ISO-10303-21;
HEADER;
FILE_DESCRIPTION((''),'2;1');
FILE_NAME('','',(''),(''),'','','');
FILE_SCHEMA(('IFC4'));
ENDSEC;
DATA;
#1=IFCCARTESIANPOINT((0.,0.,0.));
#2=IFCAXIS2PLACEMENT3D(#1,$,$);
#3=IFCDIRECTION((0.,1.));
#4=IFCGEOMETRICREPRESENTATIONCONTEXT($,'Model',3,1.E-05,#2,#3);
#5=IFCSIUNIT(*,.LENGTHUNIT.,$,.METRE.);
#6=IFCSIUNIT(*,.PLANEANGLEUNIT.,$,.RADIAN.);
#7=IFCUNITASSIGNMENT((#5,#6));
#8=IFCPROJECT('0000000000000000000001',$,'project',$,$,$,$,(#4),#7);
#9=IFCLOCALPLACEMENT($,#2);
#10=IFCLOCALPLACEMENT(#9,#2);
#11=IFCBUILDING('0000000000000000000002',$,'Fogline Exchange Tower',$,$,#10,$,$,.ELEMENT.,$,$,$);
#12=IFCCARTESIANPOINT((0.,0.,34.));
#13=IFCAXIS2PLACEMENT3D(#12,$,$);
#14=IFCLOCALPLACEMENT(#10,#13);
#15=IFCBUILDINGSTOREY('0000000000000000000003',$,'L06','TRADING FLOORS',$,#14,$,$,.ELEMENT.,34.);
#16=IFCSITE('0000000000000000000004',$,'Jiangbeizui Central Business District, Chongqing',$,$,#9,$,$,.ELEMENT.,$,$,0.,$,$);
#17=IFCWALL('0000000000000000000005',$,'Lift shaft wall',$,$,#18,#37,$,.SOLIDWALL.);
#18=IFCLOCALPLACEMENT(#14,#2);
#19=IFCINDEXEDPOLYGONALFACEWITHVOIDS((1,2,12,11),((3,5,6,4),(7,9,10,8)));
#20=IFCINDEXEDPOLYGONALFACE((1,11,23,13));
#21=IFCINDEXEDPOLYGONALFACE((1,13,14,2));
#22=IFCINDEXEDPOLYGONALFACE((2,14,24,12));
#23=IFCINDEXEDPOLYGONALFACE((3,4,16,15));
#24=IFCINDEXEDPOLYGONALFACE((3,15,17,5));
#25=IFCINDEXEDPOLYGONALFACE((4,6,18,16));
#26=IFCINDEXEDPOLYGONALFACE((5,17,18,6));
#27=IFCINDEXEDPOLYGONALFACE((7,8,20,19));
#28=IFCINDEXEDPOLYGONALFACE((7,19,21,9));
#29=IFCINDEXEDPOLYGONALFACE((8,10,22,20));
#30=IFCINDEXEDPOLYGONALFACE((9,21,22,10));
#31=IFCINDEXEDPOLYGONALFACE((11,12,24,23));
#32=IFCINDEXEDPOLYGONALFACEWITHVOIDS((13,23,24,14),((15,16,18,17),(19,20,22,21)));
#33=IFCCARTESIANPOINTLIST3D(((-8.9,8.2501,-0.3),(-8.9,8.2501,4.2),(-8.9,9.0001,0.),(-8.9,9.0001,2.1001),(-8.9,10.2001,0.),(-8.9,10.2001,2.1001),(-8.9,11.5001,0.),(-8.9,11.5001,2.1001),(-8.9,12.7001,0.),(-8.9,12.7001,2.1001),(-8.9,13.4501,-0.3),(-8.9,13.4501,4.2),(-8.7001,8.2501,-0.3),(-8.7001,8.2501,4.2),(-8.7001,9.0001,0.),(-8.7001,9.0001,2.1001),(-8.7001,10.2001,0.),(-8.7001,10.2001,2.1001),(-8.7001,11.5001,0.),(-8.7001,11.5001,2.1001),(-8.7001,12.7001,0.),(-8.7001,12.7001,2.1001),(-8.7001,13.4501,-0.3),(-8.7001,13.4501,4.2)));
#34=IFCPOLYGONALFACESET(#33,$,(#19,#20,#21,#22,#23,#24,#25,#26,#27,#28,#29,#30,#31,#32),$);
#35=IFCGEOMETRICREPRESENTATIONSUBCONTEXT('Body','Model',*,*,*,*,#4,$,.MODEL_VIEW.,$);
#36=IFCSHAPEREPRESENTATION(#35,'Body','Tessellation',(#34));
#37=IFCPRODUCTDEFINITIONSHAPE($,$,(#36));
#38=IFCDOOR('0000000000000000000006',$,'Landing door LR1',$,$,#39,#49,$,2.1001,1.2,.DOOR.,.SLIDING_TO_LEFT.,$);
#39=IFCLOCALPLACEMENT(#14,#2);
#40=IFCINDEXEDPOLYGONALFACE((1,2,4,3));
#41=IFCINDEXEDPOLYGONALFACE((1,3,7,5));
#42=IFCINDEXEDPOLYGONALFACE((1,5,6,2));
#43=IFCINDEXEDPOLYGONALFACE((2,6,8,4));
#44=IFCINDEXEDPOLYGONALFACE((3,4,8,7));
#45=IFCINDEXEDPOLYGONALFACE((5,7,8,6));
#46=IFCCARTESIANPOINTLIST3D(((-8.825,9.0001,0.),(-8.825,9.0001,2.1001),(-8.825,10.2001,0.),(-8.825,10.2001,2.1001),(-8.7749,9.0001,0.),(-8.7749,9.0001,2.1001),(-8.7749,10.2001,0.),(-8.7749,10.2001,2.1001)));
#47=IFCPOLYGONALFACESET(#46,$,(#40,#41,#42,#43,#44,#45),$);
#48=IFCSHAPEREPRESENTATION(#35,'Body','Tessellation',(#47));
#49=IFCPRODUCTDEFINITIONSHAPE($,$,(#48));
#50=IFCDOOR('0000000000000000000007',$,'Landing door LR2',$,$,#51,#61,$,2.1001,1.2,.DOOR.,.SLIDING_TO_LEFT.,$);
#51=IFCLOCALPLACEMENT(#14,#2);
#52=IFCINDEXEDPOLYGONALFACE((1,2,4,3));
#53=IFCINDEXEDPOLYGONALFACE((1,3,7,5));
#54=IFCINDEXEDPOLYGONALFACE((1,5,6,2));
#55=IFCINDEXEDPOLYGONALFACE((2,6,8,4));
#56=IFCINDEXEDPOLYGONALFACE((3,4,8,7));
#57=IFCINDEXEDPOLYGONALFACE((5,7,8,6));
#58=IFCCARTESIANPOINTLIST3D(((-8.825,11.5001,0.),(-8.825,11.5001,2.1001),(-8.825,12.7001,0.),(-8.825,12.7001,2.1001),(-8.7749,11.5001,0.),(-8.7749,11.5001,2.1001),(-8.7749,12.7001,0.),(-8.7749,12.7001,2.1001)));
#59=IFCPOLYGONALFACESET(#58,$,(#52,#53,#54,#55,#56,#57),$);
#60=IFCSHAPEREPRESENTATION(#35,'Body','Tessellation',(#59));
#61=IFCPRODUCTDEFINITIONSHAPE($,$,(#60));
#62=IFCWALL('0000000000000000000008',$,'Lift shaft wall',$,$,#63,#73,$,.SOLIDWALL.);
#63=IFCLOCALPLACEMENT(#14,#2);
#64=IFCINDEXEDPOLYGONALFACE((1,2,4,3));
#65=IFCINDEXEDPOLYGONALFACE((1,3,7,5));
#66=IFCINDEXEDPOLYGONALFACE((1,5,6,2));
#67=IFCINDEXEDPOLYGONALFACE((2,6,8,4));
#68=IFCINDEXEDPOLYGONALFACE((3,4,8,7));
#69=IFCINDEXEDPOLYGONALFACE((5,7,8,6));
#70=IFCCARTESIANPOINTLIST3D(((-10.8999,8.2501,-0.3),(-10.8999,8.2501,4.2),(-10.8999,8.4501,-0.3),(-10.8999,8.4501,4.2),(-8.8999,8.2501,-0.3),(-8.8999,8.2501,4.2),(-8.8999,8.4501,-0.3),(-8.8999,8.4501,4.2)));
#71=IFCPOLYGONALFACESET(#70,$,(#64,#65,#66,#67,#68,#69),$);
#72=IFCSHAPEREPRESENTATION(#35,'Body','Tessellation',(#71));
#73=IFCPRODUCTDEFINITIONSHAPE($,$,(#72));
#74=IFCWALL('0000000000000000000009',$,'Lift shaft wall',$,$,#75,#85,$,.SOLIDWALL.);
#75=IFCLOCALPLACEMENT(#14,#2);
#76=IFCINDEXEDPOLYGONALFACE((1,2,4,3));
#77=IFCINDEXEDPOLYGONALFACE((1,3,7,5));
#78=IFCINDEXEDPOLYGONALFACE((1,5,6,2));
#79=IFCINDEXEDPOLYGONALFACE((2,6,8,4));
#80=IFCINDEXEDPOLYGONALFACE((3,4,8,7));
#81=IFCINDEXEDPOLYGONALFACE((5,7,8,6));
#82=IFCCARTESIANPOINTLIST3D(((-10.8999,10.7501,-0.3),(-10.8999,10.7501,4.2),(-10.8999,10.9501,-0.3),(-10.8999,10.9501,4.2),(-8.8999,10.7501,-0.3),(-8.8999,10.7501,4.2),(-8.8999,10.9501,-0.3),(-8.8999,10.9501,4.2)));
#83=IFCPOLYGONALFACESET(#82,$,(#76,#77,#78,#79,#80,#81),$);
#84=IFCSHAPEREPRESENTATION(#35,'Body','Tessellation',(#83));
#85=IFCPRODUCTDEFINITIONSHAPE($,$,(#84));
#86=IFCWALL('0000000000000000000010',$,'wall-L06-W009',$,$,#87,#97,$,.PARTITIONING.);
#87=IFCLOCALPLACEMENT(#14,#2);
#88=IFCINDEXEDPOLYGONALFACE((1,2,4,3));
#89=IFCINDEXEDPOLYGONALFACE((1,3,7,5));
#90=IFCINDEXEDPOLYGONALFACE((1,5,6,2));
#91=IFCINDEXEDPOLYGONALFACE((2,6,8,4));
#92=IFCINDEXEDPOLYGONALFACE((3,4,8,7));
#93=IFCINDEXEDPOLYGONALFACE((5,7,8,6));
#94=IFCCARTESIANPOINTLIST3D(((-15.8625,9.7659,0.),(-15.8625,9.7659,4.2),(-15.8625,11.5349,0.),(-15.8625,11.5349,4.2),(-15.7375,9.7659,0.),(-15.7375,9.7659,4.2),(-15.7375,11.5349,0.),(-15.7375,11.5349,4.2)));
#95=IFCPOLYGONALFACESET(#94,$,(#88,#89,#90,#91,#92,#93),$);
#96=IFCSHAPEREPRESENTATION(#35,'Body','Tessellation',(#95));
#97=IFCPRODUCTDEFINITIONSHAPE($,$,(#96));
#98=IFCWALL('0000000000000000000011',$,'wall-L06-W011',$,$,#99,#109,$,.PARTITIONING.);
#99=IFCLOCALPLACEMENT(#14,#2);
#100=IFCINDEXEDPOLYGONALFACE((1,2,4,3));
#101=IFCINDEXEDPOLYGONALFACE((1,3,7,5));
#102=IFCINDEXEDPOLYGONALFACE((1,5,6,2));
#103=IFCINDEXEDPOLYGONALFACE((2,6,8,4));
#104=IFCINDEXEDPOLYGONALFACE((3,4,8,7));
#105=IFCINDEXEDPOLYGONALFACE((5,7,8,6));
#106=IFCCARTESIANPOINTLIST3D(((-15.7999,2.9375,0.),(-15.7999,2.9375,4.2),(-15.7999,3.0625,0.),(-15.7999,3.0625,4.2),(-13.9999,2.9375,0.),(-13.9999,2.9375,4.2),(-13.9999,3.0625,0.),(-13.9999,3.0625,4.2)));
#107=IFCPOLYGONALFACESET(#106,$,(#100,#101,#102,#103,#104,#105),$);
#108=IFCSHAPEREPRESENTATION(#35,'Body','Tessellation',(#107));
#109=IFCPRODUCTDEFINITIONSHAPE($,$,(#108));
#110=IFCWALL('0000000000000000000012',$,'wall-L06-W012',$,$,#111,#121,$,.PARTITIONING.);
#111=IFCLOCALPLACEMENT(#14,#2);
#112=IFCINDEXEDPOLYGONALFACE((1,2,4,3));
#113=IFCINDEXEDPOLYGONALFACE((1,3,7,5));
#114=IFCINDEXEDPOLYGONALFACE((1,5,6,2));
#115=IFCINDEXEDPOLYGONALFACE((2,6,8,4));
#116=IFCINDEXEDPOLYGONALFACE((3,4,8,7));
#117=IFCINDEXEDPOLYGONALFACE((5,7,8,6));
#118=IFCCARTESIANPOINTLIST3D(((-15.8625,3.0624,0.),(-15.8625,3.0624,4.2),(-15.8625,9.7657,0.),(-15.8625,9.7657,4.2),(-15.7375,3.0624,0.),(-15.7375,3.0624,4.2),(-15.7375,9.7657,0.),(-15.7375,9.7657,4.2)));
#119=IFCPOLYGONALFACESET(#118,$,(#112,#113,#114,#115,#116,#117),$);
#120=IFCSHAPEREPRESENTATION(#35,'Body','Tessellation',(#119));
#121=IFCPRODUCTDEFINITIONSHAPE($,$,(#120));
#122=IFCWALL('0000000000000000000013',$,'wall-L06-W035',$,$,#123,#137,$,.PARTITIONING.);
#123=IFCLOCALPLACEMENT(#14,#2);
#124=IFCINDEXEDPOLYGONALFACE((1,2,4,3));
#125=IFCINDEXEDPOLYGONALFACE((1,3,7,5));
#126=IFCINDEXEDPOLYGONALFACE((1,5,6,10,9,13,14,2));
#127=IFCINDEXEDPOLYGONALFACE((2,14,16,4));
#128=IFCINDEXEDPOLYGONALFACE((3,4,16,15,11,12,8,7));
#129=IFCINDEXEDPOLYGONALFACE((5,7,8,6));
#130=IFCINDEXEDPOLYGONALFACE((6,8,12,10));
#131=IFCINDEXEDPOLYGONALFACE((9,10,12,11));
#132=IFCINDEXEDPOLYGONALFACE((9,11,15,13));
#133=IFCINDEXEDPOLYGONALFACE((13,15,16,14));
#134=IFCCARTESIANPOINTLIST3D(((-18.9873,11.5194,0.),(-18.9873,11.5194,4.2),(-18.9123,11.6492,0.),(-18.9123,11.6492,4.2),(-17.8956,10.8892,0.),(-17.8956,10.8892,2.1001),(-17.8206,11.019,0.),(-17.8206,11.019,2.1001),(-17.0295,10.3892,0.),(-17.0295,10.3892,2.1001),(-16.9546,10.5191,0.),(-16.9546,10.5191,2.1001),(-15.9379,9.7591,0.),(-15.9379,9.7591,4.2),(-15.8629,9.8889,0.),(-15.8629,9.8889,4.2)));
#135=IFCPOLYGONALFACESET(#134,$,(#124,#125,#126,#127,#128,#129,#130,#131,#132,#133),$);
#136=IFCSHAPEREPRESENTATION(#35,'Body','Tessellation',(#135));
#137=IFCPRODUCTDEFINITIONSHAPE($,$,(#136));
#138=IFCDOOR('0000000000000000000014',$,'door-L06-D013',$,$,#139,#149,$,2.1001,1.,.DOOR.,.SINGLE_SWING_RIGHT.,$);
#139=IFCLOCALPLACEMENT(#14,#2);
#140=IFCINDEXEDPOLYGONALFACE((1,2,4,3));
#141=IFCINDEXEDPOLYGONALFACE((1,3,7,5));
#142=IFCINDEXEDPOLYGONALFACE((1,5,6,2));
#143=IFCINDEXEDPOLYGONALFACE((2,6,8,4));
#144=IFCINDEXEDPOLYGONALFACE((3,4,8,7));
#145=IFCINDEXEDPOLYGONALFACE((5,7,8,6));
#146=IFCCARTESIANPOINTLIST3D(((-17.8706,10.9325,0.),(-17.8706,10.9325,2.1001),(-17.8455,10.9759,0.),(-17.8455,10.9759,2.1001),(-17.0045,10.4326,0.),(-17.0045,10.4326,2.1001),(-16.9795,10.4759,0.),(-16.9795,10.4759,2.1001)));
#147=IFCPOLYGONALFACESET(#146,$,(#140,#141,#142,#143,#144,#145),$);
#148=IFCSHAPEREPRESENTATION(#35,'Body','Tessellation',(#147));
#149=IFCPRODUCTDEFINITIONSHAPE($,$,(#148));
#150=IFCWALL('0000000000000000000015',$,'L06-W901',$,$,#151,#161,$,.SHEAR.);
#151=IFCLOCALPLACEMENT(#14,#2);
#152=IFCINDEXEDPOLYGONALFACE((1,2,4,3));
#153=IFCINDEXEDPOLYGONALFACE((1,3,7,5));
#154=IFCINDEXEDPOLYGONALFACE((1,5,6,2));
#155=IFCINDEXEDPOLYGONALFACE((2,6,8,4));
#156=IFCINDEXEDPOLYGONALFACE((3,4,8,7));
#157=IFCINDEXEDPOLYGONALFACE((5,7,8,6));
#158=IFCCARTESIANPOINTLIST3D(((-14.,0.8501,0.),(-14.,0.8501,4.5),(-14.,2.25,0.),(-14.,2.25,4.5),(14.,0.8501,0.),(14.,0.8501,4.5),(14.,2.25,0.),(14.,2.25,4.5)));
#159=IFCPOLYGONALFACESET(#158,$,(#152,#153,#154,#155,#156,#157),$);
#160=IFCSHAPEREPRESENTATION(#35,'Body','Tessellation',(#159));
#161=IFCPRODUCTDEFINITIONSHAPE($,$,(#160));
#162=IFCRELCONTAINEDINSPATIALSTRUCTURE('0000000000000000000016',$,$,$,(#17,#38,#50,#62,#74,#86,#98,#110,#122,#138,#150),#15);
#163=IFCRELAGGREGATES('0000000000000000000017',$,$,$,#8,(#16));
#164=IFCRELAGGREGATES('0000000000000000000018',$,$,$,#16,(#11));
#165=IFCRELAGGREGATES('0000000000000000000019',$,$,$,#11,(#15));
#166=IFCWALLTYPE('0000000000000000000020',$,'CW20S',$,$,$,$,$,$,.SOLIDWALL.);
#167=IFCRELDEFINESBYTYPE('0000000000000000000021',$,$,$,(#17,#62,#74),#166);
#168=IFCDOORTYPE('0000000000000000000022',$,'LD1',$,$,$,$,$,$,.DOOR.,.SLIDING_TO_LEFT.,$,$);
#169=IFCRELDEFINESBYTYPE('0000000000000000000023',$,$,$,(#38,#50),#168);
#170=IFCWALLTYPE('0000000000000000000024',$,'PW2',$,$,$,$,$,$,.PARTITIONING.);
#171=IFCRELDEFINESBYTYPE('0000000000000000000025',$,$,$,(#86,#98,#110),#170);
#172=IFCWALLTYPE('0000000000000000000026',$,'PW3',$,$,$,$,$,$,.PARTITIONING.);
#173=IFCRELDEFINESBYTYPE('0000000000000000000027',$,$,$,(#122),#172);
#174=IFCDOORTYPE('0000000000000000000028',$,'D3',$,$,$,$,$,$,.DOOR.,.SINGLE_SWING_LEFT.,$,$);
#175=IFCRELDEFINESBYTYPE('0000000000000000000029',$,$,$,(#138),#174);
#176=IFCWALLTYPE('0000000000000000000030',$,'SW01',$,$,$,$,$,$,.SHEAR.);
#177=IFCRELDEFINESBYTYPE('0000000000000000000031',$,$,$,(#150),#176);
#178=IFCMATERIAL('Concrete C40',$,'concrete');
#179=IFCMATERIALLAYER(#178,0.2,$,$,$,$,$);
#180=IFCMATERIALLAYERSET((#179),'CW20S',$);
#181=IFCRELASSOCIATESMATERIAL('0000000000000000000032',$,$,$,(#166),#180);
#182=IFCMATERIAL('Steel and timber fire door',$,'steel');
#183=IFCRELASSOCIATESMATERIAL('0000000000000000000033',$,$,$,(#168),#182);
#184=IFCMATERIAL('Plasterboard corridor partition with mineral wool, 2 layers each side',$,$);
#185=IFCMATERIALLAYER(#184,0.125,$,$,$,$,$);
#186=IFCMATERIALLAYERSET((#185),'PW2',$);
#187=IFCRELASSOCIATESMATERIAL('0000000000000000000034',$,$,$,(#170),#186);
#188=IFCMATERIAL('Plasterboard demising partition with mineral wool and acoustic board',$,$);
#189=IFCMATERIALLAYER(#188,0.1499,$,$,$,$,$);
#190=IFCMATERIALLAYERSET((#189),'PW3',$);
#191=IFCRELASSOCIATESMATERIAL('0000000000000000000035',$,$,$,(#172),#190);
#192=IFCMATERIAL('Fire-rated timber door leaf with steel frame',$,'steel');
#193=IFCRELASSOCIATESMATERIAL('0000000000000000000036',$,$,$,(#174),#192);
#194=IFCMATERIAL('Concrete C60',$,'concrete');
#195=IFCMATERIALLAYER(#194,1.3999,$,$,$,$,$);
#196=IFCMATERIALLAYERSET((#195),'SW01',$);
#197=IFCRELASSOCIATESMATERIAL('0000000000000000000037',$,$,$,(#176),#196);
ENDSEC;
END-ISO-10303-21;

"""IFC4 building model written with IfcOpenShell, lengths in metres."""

from ifc_helpers import new_model, si_unit, direction, frame, frame_2d, origin, place, context, subcontext, project, spatial, rectangle, extrude, material, layer, layer_set, type_object, element, fill, save


model = new_model("IFC4")

# Units and contexts
model_context = context("Model", 3, precision=1e-05, world=origin(), true_north=direction((0.0, 1.0)))
body_context = subcontext(model_context, "Body", "Model", "MODEL_VIEW")
ifc_project = project(units=[si_unit("LENGTHUNIT", "METRE"), si_unit("PLANEANGLEUNIT", "RADIAN")], contexts=[model_context])

# Site, building, storey
site_placement = place(None, origin())
site = spatial("IfcSite", under=ifc_project, at=site_placement, Name="Jiangbeizui Central Business District, Chongqing", CompositionType="ELEMENT", RefElevation=0.0)
building_placement = place(site_placement, origin())
building = spatial("IfcBuilding", under=site, at=building_placement, Name="Fogline Exchange Tower", CompositionType="ELEMENT")
storey_placement = place(building_placement, frame((0.0, 0.0, 34.0)))
storey = spatial("IfcBuildingStorey", under=building, at=storey_placement, Name="L06", Description="TRADING FLOORS", CompositionType="ELEMENT", Elevation=34.0)

# Shared definitions
ifc_material_1 = material(Name="Concrete C40", Category="concrete")

# Shared definitions
ifc_material_2 = material(Name="Steel and timber fire door", Category="steel")

# Wall, openings, doors
ifc_layer_1 = layer(ifc_material_1, 0.2)
ifc_layer_set_1 = layer_set([ifc_layer_1], Name="CW20S")
wall_type_1 = type_object("IfcWallType", Name="CW20S", PredefinedType="SOLIDWALL", material=ifc_layer_set_1)
wall_1_placement = place(storey_placement, frame((-8.8, 8.25, -0.3), z_axis=(0.0, 0.0, 1.0), x_axis=(0.0, 1.0, 0.0)))
wall_1 = element("IfcWall", 1, at=wall_1_placement, inside=storey, type_object=wall_type_1, Name="Lift shaft wall", PredefinedType="SOLIDWALL", context=body_context, shape_type="SweptSolid", body=[
    extrude(rectangle(XDim=5.2, YDim=0.2, at=frame_2d((2.6001, 0.0))), origin(), (0.0, 0.0, 1.0), 4.5),
])
opening_1_placement = place(wall_1_placement, frame((0.75, 0.0, 0.3)))
opening_1 = element("IfcOpeningElement", 2, at=opening_1_placement, cuts=wall_1, PredefinedType="OPENING", context=body_context, shape_type="SweptSolid", body=[
    extrude(rectangle(XDim=1.2, YDim=2.1001, at=frame_2d((0.6001, 1.05))), frame((0.0, 0.1099, 0.0), z_axis=(0.0, -1.0, 0.0), x_axis=(1.0, 0.0, 0.0)), (0.0, 0.0, 1.0), 0.22),
])
opening_2_placement = place(wall_1_placement, frame((3.25, 0.0, 0.3)))
opening_2 = element("IfcOpeningElement", 3, at=opening_2_placement, cuts=wall_1, PredefinedType="OPENING", context=body_context, shape_type="SweptSolid", body=[
    extrude(rectangle(XDim=1.2, YDim=2.1001, at=frame_2d((0.6001, 1.05))), frame((0.0, 0.1099, 0.0), z_axis=(0.0, -1.0, 0.0), x_axis=(1.0, 0.0, 0.0)), (0.0, 0.0, 1.0), 0.22),
])
door_type_1 = type_object("IfcDoorType", Name="LD1", OperationType="SLIDING_TO_LEFT", PredefinedType="DOOR", material=ifc_material_2)
door_1_placement = place(opening_1_placement, origin())
door_1 = element("IfcDoor", 4, at=door_1_placement, inside=storey, type_object=door_type_1, Name="Landing door LR1", OperationType="SLIDING_TO_LEFT", OverallHeight=2.1001, OverallWidth=1.2, PredefinedType="DOOR", context=body_context, shape_type="SweptSolid", body=[
    extrude(rectangle(XDim=1.2, YDim=2.1001, at=frame_2d((0.6001, 1.05))), frame((0.0, 0.0249, 0.0), z_axis=(0.0, -1.0, 0.0), x_axis=(1.0, 0.0, 0.0)), (0.0, 0.0, 1.0), 0.05),
])
fill(opening_1, door_1)
door_2_placement = place(opening_2_placement, origin())
door_2 = element("IfcDoor", 5, at=door_2_placement, inside=storey, type_object=door_type_1, Name="Landing door LR2", OperationType="SLIDING_TO_LEFT", OverallHeight=2.1001, OverallWidth=1.2, PredefinedType="DOOR", context=body_context, shape_type="SweptSolid", body=[
    extrude(rectangle(XDim=1.2, YDim=2.1001, at=frame_2d((0.6001, 1.05))), frame((0.0, 0.0249, 0.0), z_axis=(0.0, -1.0, 0.0), x_axis=(1.0, 0.0, 0.0)), (0.0, 0.0, 1.0), 0.05),
])
fill(opening_2, door_2)

# Walls
for number, where, z_axis, x_axis, name in (
    (6, (-10.8999, 8.3501, -0.3), (0.0, 0.0, 1.0), (1.0, 0.0, 0.0), "Lift shaft wall"),
    (7, (-10.8999, 10.8501, -0.3), (0.0, 0.0, 1.0), (1.0, 0.0, 0.0), "Lift shaft wall"),
):
    element("IfcWall", number, at=place(storey_placement, frame(where, z_axis=z_axis, x_axis=x_axis)), inside=storey, type_object=wall_type_1, Name=name, PredefinedType="SOLIDWALL", context=body_context, shape_type="SweptSolid", body=[
        extrude(rectangle(XDim=2.0, YDim=0.2, at=frame_2d((1.0, 0.0))), origin(), (0.0, 0.0, 1.0), 4.5),
    ])
ifc_material_3 = material(Name="Plasterboard corridor partition with mineral wool, 2 layers each side")
ifc_layer_2 = layer(ifc_material_3, 0.125)
ifc_layer_set_2 = layer_set([ifc_layer_2], Name="PW2")
wall_type_2 = type_object("IfcWallType", Name="PW2", PredefinedType="PARTITIONING", material=ifc_layer_set_2)
wall_2_placement = place(storey_placement, frame((-15.8, 9.7659, 0.0), z_axis=(0.0, 0.0, 1.0), x_axis=(0.0, 1.0, 0.0)))
element("IfcWall", 8, at=wall_2_placement, inside=storey, type_object=wall_type_2, Name="wall-L06-W009", PredefinedType="PARTITIONING", context=body_context, shape_type="SweptSolid", body=[
    extrude(rectangle(XDim=1.769, YDim=0.125, at=frame_2d((0.8845, 0.0))), origin(), (0.0, 0.0, 1.0), 4.2),
])
wall_3_placement = place(storey_placement, frame((-14.0, 3.0, 0.0), z_axis=(0.0, 0.0, 1.0), x_axis=(-1.0, 0.0, 0.0)))
element("IfcWall", 9, at=wall_3_placement, inside=storey, type_object=wall_type_2, Name="wall-L06-W011", PredefinedType="PARTITIONING", context=body_context, shape_type="SweptSolid", body=[
    extrude(rectangle(XDim=1.8, YDim=0.125, at=frame_2d((0.8999, 0.0))), origin(), (0.0, 0.0, 1.0), 4.2),
])
wall_4_placement = place(storey_placement, frame((-15.8, 3.0625, 0.0), z_axis=(0.0, 0.0, 1.0), x_axis=(0.0, 1.0, 0.0)))
element("IfcWall", 10, at=wall_4_placement, inside=storey, type_object=wall_type_2, Name="wall-L06-W012", PredefinedType="PARTITIONING", context=body_context, shape_type="SweptSolid", body=[
    extrude(rectangle(XDim=6.7034, YDim=0.125, at=frame_2d((3.3516, 0.0))), origin(), (0.0, 0.0, 1.0), 4.2),
])

# Wall, opening, door
ifc_material_4 = material(Name="Plasterboard demising partition with mineral wool and acoustic board")
ifc_layer_3 = layer(ifc_material_4, 0.1499)
ifc_layer_set_3 = layer_set([ifc_layer_3], Name="PW3")
wall_type_3 = type_object("IfcWallType", Name="PW3", PredefinedType="PARTITIONING", material=ifc_layer_set_3)
wall_5_placement = place(storey_placement, frame((-15.9004, 9.824, 0.0), z_axis=(0.0, 0.0, 1.0), x_axis=(-0.866059, 0.499943, 0.0)))
wall_5 = element("IfcWall", 11, at=wall_5_placement, inside=storey, type_object=wall_type_3, Name="wall-L06-W035", PredefinedType="PARTITIONING", context=body_context, shape_type="SweptSolid", body=[
    extrude(rectangle(XDim=3.521, YDim=0.1499, at=frame_2d((1.7605, 0.0))), origin(), (0.0, 0.0, 1.0), 4.2),
])
opening_3_placement = place(wall_5_placement, frame((1.2605, 0.0, 0.0)))
opening_3 = element("IfcOpeningElement", 12, at=opening_3_placement, cuts=wall_5, PredefinedType="OPENING", context=body_context, shape_type="SweptSolid", body=[
    extrude(rectangle(XDim=1.0, YDim=2.1001, at=frame_2d((0.5, 1.05))), frame((0.0, 0.085, 0.0), z_axis=(0.0, -1.0, 0.0), x_axis=(1.0, 0.0, 0.0)), (0.0, 0.0, 1.0), 0.1699),
])
ifc_material_5 = material(Name="Fire-rated timber door leaf with steel frame", Category="steel")
door_type_2 = type_object("IfcDoorType", Name="D3", OperationType="SINGLE_SWING_LEFT", PredefinedType="DOOR", material=ifc_material_5)
door_3_placement = place(opening_3_placement, origin())
door_3 = element("IfcDoor", 13, at=door_3_placement, inside=storey, type_object=door_type_2, Name="door-L06-D013", OperationType="SINGLE_SWING_RIGHT", OverallHeight=2.1001, OverallWidth=1.0, PredefinedType="DOOR", context=body_context, shape_type="SweptSolid", body=[
    extrude(rectangle(XDim=1.0, YDim=2.1001, at=frame_2d((0.5, 1.05))), frame((0.0, 0.0249, 0.0), z_axis=(0.0, -1.0, 0.0), x_axis=(1.0, 0.0, 0.0)), (0.0, 0.0, 1.0), 0.05),
])
fill(opening_3, door_3)

# Wall
ifc_material_6 = material(Name="Concrete C60", Category="concrete")
ifc_layer_4 = layer(ifc_material_6, 1.3999)
ifc_layer_set_4 = layer_set([ifc_layer_4], Name="SW01")
wall_type_4 = type_object("IfcWallType", Name="SW01", PredefinedType="SHEAR", material=ifc_layer_set_4)
wall_6_placement = place(storey_placement, frame((-14.0, 1.55, 0.0), z_axis=(0.0, 0.0, 1.0), x_axis=(1.0, 0.0, 0.0)))
element("IfcWall", 14, at=wall_6_placement, inside=storey, type_object=wall_type_4, Name="L06-W901", PredefinedType="SHEAR", context=body_context, shape_type="SweptSolid", body=[
    extrude(rectangle(XDim=28.0, YDim=1.3999, at=frame_2d((14.0, 0.0))), origin(), (0.0, 0.0, 1.0), 4.5),
])

save(model, "model.ifc")
